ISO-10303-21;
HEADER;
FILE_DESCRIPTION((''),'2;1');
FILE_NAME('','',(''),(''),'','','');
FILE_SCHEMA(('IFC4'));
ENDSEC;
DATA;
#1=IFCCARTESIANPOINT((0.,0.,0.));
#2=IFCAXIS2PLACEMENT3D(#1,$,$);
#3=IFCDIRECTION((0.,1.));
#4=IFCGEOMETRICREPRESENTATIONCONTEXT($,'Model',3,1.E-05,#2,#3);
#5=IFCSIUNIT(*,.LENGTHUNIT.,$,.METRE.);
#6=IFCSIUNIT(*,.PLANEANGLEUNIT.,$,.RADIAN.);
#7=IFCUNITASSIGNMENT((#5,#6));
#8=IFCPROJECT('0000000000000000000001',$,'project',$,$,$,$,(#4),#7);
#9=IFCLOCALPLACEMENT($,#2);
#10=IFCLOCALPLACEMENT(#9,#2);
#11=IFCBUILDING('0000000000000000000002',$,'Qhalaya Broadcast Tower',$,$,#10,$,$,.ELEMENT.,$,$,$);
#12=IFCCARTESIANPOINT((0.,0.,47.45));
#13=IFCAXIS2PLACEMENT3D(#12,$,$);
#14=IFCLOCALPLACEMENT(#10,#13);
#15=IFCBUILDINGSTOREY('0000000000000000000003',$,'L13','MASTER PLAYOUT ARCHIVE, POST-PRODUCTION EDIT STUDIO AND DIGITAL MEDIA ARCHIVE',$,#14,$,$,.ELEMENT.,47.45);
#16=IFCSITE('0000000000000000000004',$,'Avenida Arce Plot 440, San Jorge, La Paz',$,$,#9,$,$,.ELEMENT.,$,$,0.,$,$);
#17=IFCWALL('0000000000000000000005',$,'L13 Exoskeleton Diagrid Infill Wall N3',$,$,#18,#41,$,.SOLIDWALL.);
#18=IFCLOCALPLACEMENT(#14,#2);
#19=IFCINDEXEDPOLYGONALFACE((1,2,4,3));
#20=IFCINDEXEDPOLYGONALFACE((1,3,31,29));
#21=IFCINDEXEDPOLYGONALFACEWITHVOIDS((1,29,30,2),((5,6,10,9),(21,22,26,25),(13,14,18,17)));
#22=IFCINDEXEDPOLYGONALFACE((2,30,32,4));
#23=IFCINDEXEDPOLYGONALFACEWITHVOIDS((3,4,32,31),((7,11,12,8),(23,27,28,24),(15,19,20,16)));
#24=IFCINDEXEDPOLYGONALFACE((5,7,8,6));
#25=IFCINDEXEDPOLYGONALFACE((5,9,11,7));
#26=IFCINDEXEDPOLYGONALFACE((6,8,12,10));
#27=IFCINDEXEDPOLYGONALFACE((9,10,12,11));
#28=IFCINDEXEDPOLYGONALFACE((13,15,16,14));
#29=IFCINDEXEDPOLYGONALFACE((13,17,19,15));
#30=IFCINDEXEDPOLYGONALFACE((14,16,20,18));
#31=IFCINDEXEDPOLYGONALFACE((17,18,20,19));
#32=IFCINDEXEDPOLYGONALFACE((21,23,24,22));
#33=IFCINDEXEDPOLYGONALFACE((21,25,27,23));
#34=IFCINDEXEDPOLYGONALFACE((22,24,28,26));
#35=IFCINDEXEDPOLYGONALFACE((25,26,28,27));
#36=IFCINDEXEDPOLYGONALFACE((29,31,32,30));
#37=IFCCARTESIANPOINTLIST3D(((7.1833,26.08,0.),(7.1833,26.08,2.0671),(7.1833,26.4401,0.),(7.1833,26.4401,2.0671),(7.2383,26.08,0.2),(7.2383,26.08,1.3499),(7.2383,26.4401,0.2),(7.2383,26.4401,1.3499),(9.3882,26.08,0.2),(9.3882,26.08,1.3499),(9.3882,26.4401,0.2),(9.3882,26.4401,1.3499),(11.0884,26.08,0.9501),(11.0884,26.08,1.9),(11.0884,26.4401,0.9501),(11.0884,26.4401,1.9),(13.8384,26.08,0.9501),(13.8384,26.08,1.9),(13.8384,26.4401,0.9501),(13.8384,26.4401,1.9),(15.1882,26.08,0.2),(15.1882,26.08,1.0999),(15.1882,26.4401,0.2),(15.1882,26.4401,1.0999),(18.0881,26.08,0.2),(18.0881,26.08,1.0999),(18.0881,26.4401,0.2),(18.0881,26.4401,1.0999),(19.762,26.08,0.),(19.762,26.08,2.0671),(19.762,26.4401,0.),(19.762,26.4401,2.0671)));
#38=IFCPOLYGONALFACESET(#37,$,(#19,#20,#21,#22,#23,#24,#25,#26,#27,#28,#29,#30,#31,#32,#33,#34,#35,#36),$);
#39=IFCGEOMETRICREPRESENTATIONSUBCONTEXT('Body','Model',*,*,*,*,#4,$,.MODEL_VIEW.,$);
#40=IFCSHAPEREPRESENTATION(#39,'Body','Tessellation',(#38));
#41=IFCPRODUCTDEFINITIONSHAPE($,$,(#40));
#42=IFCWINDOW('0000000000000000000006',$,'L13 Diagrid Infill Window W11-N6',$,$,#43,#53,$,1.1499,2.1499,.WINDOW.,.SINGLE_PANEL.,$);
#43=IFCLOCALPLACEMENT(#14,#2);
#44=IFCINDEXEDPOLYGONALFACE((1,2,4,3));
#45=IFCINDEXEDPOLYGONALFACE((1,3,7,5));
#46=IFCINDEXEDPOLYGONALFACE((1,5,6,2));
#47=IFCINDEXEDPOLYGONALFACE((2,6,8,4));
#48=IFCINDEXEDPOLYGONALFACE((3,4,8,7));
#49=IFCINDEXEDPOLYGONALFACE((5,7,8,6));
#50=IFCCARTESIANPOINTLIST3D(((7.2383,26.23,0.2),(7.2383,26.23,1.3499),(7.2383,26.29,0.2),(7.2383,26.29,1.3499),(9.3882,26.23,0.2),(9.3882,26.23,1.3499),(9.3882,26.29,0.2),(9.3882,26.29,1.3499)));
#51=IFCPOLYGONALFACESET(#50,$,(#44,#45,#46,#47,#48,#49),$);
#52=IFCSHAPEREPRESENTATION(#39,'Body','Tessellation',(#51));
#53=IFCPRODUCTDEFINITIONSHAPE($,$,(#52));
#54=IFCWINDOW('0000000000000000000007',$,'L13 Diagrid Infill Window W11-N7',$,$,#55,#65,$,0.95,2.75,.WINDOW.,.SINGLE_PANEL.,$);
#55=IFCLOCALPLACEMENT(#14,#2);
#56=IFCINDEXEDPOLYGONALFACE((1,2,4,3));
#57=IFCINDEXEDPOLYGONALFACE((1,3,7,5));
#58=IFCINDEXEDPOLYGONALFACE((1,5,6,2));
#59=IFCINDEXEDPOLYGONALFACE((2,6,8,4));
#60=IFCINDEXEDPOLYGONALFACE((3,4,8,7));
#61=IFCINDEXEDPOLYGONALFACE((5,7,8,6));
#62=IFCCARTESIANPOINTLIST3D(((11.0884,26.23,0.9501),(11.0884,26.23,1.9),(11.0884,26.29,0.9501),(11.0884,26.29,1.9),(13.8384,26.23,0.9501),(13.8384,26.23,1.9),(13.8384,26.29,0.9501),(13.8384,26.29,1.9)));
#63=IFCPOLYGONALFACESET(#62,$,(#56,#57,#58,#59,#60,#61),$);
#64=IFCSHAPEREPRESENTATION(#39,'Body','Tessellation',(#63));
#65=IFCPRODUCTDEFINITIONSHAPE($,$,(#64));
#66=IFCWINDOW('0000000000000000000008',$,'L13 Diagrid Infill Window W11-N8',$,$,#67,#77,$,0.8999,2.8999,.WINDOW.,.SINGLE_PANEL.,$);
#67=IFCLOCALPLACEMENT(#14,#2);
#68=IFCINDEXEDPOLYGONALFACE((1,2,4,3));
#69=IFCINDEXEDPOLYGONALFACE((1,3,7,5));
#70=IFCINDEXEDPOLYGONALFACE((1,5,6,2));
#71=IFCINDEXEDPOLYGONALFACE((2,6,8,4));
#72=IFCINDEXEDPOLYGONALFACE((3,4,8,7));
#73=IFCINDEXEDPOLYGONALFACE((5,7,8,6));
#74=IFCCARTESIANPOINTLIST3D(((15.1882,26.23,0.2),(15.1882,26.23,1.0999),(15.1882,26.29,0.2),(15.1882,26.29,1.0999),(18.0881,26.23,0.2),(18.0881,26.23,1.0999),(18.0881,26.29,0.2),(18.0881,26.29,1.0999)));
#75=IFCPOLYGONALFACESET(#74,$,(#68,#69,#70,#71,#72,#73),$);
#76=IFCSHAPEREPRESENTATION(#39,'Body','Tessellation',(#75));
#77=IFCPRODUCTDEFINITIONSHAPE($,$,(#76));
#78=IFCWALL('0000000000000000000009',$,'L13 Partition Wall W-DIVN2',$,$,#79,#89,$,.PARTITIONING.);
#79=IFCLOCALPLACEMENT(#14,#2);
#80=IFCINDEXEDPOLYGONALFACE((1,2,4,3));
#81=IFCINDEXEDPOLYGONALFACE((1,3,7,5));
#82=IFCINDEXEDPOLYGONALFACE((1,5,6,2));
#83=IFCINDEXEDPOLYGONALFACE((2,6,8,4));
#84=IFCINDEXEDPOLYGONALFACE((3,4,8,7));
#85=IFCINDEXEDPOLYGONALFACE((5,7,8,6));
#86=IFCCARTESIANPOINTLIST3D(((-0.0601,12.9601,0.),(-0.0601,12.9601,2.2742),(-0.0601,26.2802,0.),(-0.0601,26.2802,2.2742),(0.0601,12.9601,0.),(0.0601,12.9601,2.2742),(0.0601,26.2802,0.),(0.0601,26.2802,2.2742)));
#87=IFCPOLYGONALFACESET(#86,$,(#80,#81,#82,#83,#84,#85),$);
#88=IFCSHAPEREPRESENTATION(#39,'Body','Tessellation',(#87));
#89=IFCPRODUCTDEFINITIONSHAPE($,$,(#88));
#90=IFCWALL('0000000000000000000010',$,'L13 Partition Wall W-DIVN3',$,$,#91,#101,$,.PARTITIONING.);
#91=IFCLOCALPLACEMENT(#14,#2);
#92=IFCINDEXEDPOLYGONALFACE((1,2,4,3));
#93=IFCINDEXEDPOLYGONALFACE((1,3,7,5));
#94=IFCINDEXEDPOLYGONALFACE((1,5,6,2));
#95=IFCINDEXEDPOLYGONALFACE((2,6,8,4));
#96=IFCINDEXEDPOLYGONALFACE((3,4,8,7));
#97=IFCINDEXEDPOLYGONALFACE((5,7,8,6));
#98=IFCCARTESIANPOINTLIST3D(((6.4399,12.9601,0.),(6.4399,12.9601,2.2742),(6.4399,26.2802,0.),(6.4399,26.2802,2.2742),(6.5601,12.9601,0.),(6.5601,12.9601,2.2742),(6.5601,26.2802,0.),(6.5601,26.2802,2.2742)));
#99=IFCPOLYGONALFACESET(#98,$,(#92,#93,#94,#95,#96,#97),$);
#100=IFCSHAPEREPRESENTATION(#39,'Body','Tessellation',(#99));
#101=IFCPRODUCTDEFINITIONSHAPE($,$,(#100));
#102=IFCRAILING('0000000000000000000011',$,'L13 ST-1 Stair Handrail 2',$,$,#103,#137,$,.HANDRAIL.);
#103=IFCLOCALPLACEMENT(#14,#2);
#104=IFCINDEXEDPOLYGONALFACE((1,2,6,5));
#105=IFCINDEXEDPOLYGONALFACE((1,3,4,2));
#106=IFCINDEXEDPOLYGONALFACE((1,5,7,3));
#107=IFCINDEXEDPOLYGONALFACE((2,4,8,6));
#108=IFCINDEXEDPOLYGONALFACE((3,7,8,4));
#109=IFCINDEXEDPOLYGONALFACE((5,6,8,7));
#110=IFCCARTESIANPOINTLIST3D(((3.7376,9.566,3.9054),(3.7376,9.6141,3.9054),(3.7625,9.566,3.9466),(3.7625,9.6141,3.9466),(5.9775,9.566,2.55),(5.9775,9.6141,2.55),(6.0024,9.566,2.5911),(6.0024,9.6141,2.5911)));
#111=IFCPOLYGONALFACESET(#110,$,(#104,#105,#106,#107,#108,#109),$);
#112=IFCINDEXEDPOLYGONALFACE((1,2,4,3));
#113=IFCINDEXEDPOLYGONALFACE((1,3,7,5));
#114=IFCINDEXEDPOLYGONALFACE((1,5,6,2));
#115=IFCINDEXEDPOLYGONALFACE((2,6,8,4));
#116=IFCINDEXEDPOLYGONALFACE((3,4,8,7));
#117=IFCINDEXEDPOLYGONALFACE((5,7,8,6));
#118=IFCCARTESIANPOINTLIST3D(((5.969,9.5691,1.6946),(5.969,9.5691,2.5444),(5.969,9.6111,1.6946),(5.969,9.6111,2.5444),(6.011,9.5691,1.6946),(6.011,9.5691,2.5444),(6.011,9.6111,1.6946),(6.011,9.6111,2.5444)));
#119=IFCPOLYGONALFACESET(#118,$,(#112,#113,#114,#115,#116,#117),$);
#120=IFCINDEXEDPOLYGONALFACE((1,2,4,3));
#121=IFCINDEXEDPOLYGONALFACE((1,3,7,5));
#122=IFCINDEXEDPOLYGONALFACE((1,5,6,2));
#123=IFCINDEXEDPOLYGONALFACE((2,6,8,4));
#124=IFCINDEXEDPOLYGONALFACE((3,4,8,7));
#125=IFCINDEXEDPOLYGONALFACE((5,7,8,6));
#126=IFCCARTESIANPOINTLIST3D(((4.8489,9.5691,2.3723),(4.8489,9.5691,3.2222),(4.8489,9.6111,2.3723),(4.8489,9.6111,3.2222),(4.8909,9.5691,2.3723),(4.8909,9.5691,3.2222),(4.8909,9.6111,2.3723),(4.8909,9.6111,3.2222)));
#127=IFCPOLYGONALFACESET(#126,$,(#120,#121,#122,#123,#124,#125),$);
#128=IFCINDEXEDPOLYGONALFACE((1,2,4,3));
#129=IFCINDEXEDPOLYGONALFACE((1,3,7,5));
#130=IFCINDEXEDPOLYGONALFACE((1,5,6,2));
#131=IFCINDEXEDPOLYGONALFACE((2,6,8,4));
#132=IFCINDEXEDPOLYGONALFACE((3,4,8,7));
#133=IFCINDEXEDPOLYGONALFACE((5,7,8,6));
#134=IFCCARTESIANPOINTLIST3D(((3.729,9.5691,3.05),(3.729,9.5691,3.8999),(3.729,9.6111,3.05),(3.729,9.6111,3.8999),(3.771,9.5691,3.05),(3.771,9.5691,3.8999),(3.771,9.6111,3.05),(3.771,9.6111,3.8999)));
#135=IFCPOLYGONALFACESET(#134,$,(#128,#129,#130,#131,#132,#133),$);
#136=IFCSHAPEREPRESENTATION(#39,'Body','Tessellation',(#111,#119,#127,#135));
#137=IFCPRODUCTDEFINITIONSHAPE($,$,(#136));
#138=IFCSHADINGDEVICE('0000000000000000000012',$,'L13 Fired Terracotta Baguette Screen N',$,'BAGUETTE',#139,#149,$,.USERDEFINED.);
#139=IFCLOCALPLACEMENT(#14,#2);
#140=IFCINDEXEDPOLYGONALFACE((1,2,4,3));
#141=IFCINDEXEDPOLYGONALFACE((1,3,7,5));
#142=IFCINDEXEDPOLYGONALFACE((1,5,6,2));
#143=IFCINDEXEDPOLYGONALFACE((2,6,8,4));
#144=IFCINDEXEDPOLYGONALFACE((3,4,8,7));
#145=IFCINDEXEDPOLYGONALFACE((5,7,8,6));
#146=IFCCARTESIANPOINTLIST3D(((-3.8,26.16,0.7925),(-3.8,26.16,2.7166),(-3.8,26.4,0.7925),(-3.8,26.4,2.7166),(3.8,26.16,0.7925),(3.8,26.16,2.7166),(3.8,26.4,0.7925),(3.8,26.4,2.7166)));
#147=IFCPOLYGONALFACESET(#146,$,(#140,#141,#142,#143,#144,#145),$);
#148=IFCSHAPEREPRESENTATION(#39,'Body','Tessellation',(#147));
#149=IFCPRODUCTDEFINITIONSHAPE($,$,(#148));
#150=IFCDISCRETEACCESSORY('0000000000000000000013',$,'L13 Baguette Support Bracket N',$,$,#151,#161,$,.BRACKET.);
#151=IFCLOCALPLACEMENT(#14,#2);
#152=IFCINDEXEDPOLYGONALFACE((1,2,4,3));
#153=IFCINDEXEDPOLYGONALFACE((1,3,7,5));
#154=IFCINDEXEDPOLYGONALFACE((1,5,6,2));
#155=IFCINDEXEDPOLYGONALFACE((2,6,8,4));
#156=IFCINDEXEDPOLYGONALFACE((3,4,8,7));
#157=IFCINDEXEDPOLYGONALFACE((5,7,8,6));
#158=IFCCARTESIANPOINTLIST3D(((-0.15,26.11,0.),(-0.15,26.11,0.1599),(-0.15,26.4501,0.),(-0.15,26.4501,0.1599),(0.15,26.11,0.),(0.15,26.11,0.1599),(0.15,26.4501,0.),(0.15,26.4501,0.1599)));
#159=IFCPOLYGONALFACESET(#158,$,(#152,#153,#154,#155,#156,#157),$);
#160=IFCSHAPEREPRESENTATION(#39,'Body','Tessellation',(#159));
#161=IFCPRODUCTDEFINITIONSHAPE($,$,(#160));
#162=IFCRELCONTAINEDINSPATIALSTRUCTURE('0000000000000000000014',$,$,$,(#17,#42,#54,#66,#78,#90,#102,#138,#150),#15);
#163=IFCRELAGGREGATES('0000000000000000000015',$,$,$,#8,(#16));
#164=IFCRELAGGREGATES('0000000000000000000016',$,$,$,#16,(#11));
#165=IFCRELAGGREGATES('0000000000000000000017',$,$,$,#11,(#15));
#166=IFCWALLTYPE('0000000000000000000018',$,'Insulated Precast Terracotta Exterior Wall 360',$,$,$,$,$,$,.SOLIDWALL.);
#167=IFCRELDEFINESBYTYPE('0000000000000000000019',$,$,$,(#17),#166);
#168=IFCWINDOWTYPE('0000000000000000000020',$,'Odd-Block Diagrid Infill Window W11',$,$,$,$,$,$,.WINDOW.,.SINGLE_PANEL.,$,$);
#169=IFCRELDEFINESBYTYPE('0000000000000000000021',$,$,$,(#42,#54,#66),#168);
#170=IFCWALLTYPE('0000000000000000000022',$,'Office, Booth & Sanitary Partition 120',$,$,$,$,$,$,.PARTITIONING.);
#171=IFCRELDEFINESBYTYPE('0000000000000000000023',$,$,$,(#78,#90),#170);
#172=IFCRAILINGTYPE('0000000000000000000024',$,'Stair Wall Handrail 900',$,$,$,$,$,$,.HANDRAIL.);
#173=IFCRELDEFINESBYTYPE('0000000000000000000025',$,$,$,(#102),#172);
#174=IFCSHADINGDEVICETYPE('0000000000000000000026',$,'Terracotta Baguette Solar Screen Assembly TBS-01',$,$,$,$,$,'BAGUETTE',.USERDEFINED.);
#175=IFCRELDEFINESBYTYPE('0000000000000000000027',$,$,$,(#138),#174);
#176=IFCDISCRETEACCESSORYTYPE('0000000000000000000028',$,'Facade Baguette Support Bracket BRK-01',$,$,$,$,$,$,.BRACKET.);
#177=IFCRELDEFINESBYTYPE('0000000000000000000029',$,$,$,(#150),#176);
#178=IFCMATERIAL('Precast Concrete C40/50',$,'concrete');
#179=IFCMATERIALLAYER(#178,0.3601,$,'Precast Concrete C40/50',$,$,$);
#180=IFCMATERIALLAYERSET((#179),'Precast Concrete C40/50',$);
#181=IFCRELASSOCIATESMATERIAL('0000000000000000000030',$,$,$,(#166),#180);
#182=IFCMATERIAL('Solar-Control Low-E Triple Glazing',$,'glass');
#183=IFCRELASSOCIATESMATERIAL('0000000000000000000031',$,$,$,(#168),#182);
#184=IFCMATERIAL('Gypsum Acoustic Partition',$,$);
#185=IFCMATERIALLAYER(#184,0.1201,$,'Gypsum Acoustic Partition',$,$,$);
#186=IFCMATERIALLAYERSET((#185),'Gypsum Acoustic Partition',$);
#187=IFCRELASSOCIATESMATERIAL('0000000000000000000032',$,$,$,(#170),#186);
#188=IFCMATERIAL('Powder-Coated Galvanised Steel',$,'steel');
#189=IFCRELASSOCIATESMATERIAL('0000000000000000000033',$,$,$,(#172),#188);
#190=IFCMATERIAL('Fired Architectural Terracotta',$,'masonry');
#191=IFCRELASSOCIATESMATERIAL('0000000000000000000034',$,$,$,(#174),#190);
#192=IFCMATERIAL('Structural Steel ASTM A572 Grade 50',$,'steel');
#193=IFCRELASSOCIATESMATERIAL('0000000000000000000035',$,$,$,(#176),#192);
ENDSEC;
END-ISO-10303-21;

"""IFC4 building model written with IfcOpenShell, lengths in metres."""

from ifc_helpers import new_model, si_unit, direction, frame, frame_2d, origin, origin_2d, place, context, subcontext, project, spatial, rectangle, extrude, material, layer, layer_set, type_object, element, fill, save


model = new_model("IFC4")

# Units and contexts
model_context = context("Model", 3, precision=1e-05, world=origin(), true_north=direction((0.0, 1.0)))
body_context = subcontext(model_context, "Body", "Model", "MODEL_VIEW")
ifc_project = project(units=[si_unit("LENGTHUNIT", "METRE"), si_unit("PLANEANGLEUNIT", "RADIAN")], contexts=[model_context])

# Site, building, storey
site_placement = place(None, origin())
site = spatial("IfcSite", under=ifc_project, at=site_placement, Name="Avenida Arce Plot 440, San Jorge, La Paz", CompositionType="ELEMENT", RefElevation=0.0)
building_placement = place(site_placement, origin())
building = spatial("IfcBuilding", under=site, at=building_placement, Name="Qhalaya Broadcast Tower", CompositionType="ELEMENT")
storey_placement = place(building_placement, frame((0.0, 0.0, 47.45)))
storey = spatial("IfcBuildingStorey", under=building, at=storey_placement, Name="L13", Description="MASTER PLAYOUT ARCHIVE, POST-PRODUCTION EDIT STUDIO AND DIGITAL MEDIA ARCHIVE", CompositionType="ELEMENT", Elevation=47.45)

# Shared definitions
ifc_material_1 = material(Name="Structural Steel ASTM A572 Grade 50", Category="steel")

# Shared definitions
ifc_material_2 = material(Name="Gypsum Acoustic Partition")

# Wall, openings, windows
ifc_material_3 = material(Name="Precast Concrete C40/50", Category="concrete")
ifc_layer_1 = layer(ifc_material_3, 0.3601, Name="Precast Concrete C40/50")
ifc_layer_set_1 = layer_set([ifc_layer_1], Name="Precast Concrete C40/50")
wall_type_1 = type_object("IfcWallType", Name="Insulated Precast Terracotta Exterior Wall 360", PredefinedType="SOLIDWALL", material=ifc_layer_set_1)
wall_1_placement = place(storey_placement, frame((7.1833, 26.26, 0.0), z_axis=(0.0, 0.0, 1.0), x_axis=(1.0, 0.0, 0.0)))
wall_1 = element("IfcWall", 1, at=wall_1_placement, inside=storey, type_object=wall_type_1, Name="L13 Exoskeleton Diagrid Infill Wall N3", PredefinedType="SOLIDWALL", context=body_context, shape_type="SweptSolid", body=[
    extrude(rectangle(XDim=12.5786, YDim=0.3601, at=frame_2d((6.2893, 0.0))), origin(), (0.0, 0.0, 1.0), 2.0671),
])
opening_1_placement = place(wall_1_placement, frame((0.0549, 0.0, 0.2)))
opening_1 = element("IfcOpeningElement", 2, at=opening_1_placement, cuts=wall_1, PredefinedType="OPENING", context=body_context, shape_type="SweptSolid", body=[
    extrude(rectangle(XDim=2.1499, YDim=1.1499, at=frame_2d((1.075, 0.575))), frame((0.0, 0.1921, 0.0), z_axis=(0.0, -1.0, 0.0), x_axis=(1.0, 0.0, 0.0)), (0.0, 0.0, 1.0), 0.384),
])
opening_2_placement = place(wall_1_placement, frame((3.905, 0.0, 0.95)))
opening_2 = element("IfcOpeningElement", 3, at=opening_2_placement, cuts=wall_1, PredefinedType="OPENING", context=body_context, shape_type="SweptSolid", body=[
    extrude(rectangle(XDim=2.75, YDim=0.95, at=frame_2d((1.375, 0.4751))), frame((0.0, 0.1921, 0.0), z_axis=(0.0, -1.0, 0.0), x_axis=(1.0, 0.0, 0.0)), (0.0, 0.0, 1.0), 0.384),
])
opening_3_placement = place(wall_1_placement, frame((8.0049, 0.0, 0.2)))
opening_3 = element("IfcOpeningElement", 4, at=opening_3_placement, cuts=wall_1, PredefinedType="OPENING", context=body_context, shape_type="SweptSolid", body=[
    extrude(rectangle(XDim=2.8999, YDim=0.8999, at=frame_2d((1.45, 0.45))), frame((0.0, 0.1921, 0.0), z_axis=(0.0, -1.0, 0.0), x_axis=(1.0, 0.0, 0.0)), (0.0, 0.0, 1.0), 0.384),
])
ifc_material_4 = material(Name="Solar-Control Low-E Triple Glazing", Category="glass")
window_type = type_object("IfcWindowType", Name="Odd-Block Diagrid Infill Window W11", PartitioningType="SINGLE_PANEL", PredefinedType="WINDOW", material=ifc_material_4)
window_1_placement = place(opening_1_placement, origin())
window_1 = element("IfcWindow", 5, at=window_1_placement, inside=storey, type_object=window_type, Name="L13 Diagrid Infill Window W11-N6", OverallHeight=1.1499, OverallWidth=2.1499, PartitioningType="SINGLE_PANEL", PredefinedType="WINDOW", context=body_context, shape_type="SweptSolid", body=[
    extrude(rectangle(XDim=2.1499, YDim=1.1499, at=frame_2d((1.075, 0.575))), frame((0.0, 0.03, 0.0), z_axis=(0.0, -1.0, 0.0), x_axis=(1.0, 0.0, 0.0)), (0.0, 0.0, 1.0), 0.0601),
])
fill(opening_1, window_1)
window_2_placement = place(opening_2_placement, origin())
window_2 = element("IfcWindow", 6, at=window_2_placement, inside=storey, type_object=window_type, Name="L13 Diagrid Infill Window W11-N7", OverallHeight=0.95, OverallWidth=2.75, PartitioningType="SINGLE_PANEL", PredefinedType="WINDOW", context=body_context, shape_type="SweptSolid", body=[
    extrude(rectangle(XDim=2.75, YDim=0.95, at=frame_2d((1.375, 0.4751))), frame((0.0, 0.03, 0.0), z_axis=(0.0, -1.0, 0.0), x_axis=(1.0, 0.0, 0.0)), (0.0, 0.0, 1.0), 0.0601),
])
fill(opening_2, window_2)
window_3_placement = place(opening_3_placement, origin())
window_3 = element("IfcWindow", 7, at=window_3_placement, inside=storey, type_object=window_type, Name="L13 Diagrid Infill Window W11-N8", OverallHeight=0.8999, OverallWidth=2.8999, PartitioningType="SINGLE_PANEL", PredefinedType="WINDOW", context=body_context, shape_type="SweptSolid", body=[
    extrude(rectangle(XDim=2.8999, YDim=0.8999, at=frame_2d((1.45, 0.45))), frame((0.0, 0.03, 0.0), z_axis=(0.0, -1.0, 0.0), x_axis=(1.0, 0.0, 0.0)), (0.0, 0.0, 1.0), 0.0601),
])
fill(opening_3, window_3)

# Walls
ifc_layer_2 = layer(ifc_material_2, 0.1201, Name="Gypsum Acoustic Partition")
ifc_layer_set_2 = layer_set([ifc_layer_2], Name="Gypsum Acoustic Partition")
wall_type_2 = type_object("IfcWallType", Name="Office, Booth & Sanitary Partition 120", PredefinedType="PARTITIONING", material=ifc_layer_set_2)
for number, where, z_axis, x_axis, name in (
    (8, (0.0, 12.96, 0.0), (0.0, 0.0, 1.0), (0.0, 1.0, 0.0), "L13 Partition Wall W-DIVN2"),
    (9, (6.5, 12.96, 0.0), (0.0, 0.0, 1.0), (0.0, 1.0, 0.0), "L13 Partition Wall W-DIVN3"),
):
    element("IfcWall", number, at=place(storey_placement, frame(where, z_axis=z_axis, x_axis=x_axis)), inside=storey, type_object=wall_type_2, Name=name, PredefinedType="PARTITIONING", context=body_context, shape_type="SweptSolid", body=[
        extrude(rectangle(XDim=13.3201, YDim=0.1201, at=frame_2d((6.6602, 0.0))), origin(), (0.0, 0.0, 1.0), 2.2742),
    ])

# Railing
ifc_material_5 = material(Name="Powder-Coated Galvanised Steel", Category="steel")
railing_type = type_object("IfcRailingType", Name="Stair Wall Handrail 900", PredefinedType="HANDRAIL", material=ifc_material_5)
railing_placement = place(storey_placement, frame((5.99, 9.5901, 1.6946)))
element("IfcRailing", 10, at=railing_placement, inside=storey, type_object=railing_type, Name="L13 ST-1 Stair Handrail 2", PredefinedType="HANDRAIL", context=body_context, shape_type="SweptSolid", body=[
    extrude(rectangle(XDim=0.0481, YDim=0.0481, at=origin_2d()), frame((0.0, 0.0, 0.876), z_axis=(-0.855553, 0.0, 0.517715), x_axis=(0.0, -1.0, 0.0)), (0.0, 0.0, 1.0), 2.6182),
    extrude(rectangle(XDim=0.042, YDim=0.042, at=origin_2d()), origin(), (0.0, 0.0, 1.0), 0.8499),
    extrude(rectangle(XDim=0.042, YDim=0.042, at=origin_2d()), frame((-1.1201, 0.0, 0.6777)), (0.0, 0.0, 1.0), 0.8499),
    extrude(rectangle(XDim=0.042, YDim=0.042, at=origin_2d()), frame((-2.24, 0.0, 1.3555)), (0.0, 0.0, 1.0), 0.8499),
])

# Shading device
ifc_material_6 = material(Name="Fired Architectural Terracotta", Category="masonry")
shading_device_type = type_object("IfcShadingDeviceType", Name="Terracotta Baguette Solar Screen Assembly TBS-01", ElementType="BAGUETTE", PredefinedType="USERDEFINED", material=ifc_material_6)
shading_device_placement = place(storey_placement, frame((0.0, 26.28, 0.7925), z_axis=(0.0, 0.0, 1.0), x_axis=(-1.0, 0.0, 0.0)))
element("IfcShadingDevice", 11, at=shading_device_placement, inside=storey, type_object=shading_device_type, Name="L13 Fired Terracotta Baguette Screen N", ObjectType="BAGUETTE", PredefinedType="USERDEFINED", context=body_context, shape_type="SweptSolid", body=[
    extrude(rectangle(XDim=7.6001, YDim=0.24, at=origin_2d()), origin(), (0.0, 0.0, 1.0), 1.9241),
])

# Discrete accessory
discrete_accessory_type = type_object("IfcDiscreteAccessoryType", Name="Facade Baguette Support Bracket BRK-01", PredefinedType="BRACKET", material=ifc_material_1)
discrete_accessory_placement = place(storey_placement, frame((0.0, 26.28, 0.0), z_axis=(0.0, 0.0, 1.0), x_axis=(-1.0, 0.0, 0.0)))
element("IfcDiscreteAccessory", 12, at=discrete_accessory_placement, inside=storey, type_object=discrete_accessory_type, Name="L13 Baguette Support Bracket N", PredefinedType="BRACKET", context=body_context, shape_type="SweptSolid", body=[
    extrude(rectangle(XDim=0.3, YDim=0.3401, at=origin_2d()), origin(), (0.0, 0.0, 1.0), 0.1599),
])

save(model, "model.ifc")
